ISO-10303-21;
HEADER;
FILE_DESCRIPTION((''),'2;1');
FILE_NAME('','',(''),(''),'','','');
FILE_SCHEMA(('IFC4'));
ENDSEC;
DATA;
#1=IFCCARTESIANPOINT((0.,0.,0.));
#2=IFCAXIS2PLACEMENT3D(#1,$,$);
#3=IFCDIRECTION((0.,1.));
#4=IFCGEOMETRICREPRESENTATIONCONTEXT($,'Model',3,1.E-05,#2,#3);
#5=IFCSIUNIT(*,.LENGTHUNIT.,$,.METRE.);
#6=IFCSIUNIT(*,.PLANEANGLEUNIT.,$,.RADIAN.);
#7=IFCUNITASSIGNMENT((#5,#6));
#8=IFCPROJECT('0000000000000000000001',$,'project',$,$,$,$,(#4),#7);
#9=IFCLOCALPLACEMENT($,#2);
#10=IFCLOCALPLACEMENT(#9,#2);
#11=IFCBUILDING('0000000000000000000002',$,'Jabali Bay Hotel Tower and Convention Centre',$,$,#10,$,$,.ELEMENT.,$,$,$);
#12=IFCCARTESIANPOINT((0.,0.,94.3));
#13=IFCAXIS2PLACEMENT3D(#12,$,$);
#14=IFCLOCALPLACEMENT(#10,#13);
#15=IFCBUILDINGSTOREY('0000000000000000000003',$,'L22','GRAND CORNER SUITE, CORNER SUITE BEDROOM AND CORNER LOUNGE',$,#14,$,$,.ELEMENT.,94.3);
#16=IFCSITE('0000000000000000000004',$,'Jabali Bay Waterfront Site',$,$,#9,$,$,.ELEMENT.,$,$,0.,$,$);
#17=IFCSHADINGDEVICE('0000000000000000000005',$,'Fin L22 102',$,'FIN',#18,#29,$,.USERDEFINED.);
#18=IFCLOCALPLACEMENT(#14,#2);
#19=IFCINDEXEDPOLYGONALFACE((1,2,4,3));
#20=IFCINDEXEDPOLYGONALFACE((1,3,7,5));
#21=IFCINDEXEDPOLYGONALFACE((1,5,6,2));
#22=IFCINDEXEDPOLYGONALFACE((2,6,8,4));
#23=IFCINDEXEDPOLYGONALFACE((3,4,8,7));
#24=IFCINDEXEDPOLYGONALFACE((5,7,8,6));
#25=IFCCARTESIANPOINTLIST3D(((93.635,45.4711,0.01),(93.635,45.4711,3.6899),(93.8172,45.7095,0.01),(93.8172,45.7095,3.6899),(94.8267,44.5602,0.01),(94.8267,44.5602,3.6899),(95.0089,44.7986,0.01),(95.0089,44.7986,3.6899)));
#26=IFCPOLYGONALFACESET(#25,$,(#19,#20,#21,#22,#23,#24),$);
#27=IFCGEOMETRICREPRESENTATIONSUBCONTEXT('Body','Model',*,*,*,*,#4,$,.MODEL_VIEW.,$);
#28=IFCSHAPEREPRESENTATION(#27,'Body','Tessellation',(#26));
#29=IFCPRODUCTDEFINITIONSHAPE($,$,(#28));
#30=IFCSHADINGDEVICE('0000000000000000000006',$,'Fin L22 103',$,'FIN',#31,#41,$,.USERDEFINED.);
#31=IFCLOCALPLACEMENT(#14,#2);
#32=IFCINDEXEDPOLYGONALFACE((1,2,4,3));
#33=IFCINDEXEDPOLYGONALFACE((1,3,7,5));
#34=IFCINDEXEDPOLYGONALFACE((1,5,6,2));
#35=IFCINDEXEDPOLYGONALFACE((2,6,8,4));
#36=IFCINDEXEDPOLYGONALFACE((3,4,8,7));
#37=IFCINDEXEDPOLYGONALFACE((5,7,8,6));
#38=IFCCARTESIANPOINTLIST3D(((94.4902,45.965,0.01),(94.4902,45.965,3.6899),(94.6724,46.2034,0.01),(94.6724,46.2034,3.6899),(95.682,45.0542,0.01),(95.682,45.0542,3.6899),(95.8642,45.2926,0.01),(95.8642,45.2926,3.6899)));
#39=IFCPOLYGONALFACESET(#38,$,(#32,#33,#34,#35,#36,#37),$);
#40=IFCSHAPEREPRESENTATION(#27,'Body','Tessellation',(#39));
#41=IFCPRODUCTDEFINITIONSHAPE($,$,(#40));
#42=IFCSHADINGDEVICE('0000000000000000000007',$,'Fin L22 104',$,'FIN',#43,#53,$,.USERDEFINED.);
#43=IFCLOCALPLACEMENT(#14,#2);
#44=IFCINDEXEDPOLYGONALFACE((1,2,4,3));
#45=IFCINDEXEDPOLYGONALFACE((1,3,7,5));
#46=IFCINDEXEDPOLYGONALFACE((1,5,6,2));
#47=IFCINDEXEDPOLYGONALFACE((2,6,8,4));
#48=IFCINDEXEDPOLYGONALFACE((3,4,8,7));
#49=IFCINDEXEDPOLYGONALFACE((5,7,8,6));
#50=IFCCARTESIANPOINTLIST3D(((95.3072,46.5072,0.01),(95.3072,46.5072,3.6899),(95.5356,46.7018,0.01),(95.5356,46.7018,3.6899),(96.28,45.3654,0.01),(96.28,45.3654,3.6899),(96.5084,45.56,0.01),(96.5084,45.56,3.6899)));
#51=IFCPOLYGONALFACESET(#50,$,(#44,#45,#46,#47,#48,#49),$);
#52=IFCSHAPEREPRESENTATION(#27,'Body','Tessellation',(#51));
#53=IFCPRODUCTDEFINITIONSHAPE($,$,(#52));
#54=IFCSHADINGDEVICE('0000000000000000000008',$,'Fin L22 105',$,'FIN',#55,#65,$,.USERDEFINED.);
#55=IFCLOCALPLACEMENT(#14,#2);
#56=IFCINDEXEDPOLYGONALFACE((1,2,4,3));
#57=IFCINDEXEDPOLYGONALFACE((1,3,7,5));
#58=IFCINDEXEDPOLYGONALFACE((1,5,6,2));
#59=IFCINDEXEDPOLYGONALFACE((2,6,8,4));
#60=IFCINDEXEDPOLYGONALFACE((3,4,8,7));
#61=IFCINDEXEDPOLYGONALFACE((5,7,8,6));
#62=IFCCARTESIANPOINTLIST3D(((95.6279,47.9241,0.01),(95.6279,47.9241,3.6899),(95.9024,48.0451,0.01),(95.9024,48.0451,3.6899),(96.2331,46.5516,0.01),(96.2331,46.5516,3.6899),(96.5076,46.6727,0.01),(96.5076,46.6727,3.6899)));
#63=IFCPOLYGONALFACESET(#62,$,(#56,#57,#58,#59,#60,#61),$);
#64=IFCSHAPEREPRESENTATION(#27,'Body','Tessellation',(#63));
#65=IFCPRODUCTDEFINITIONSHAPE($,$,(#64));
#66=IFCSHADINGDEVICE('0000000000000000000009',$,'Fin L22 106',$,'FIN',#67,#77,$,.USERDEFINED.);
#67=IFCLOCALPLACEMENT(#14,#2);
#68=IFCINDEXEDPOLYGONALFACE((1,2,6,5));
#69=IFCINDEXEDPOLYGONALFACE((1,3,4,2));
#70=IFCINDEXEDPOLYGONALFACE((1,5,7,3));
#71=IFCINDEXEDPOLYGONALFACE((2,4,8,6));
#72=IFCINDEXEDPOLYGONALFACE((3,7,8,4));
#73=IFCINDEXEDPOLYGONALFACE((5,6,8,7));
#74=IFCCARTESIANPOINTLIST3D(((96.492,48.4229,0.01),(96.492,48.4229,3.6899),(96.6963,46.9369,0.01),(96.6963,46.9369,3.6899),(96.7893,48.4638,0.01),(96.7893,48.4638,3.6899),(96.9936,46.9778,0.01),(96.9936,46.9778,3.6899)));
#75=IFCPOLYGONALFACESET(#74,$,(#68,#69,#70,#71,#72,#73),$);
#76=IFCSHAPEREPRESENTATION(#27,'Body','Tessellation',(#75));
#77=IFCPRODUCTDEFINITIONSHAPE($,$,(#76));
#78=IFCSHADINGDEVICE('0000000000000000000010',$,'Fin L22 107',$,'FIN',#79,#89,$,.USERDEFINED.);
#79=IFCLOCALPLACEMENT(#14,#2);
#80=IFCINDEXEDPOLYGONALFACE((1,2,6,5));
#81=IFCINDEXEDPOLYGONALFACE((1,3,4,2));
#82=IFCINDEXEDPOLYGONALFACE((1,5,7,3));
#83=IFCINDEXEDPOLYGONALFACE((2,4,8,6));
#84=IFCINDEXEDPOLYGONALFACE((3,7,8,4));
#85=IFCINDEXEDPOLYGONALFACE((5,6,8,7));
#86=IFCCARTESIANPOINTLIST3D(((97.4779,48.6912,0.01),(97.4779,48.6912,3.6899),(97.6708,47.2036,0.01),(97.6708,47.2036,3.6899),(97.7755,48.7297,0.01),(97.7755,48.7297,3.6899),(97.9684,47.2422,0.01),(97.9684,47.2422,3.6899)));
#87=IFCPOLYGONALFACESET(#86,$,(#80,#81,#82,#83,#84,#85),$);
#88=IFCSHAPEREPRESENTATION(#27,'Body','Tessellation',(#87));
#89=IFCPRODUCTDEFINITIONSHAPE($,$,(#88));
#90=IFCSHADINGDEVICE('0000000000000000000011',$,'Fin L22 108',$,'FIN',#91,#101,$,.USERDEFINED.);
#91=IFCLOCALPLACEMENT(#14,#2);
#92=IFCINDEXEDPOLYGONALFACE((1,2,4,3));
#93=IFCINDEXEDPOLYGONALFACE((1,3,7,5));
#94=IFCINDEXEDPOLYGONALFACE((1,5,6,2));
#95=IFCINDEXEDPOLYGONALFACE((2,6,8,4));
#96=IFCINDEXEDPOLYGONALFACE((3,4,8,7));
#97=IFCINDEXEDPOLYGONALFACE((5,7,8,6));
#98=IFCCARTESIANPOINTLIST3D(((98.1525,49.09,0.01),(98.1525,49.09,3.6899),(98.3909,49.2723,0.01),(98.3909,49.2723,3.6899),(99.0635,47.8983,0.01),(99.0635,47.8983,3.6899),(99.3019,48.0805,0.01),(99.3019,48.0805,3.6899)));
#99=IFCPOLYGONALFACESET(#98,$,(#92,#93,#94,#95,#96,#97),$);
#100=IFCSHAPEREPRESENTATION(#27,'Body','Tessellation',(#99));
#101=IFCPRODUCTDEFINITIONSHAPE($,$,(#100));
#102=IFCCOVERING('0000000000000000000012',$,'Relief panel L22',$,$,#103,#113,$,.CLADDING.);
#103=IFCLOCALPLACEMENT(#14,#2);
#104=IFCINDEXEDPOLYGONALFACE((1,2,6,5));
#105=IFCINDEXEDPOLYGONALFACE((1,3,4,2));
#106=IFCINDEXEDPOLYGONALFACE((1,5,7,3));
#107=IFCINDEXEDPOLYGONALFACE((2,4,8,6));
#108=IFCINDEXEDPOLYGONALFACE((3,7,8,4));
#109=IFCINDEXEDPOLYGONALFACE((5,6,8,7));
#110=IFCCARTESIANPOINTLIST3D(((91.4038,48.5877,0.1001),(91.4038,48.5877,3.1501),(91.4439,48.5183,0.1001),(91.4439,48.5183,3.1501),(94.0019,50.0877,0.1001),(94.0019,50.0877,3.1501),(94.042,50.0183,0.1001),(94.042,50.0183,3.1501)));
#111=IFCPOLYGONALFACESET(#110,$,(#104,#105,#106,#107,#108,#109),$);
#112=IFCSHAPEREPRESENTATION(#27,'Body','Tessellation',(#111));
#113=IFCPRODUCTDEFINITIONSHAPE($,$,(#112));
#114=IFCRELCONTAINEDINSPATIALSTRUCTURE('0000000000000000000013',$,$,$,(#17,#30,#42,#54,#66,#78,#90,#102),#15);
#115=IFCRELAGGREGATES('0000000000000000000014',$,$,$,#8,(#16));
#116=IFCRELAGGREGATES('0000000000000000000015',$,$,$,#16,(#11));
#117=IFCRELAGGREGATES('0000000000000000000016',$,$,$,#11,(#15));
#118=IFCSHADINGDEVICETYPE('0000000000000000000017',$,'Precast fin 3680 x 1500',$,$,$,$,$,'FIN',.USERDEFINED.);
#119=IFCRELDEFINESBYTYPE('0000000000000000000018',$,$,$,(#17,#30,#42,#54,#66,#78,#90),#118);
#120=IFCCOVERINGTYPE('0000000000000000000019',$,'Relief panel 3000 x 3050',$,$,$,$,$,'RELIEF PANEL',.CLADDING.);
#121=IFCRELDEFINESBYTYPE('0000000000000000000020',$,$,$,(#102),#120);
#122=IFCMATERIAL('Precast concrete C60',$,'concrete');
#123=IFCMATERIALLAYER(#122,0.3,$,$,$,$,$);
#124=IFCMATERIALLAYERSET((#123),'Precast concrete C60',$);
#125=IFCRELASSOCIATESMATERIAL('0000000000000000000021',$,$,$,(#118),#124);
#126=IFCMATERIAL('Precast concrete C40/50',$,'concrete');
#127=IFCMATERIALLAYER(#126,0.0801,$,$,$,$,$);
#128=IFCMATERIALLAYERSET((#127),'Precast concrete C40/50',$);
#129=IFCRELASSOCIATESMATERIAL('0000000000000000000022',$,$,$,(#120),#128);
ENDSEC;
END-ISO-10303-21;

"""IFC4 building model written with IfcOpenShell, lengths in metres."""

from ifc_helpers import new_model, si_unit, direction, frame, frame_2d, origin, origin_2d, place, context, subcontext, project, spatial, rectangle, extrude, material, layer, layer_set, type_object, element, save


model = new_model("IFC4")

# Units and contexts
model_context = context("Model", 3, precision=1e-05, world=origin(), true_north=direction((0.0, 1.0)))
body_context = subcontext(model_context, "Body", "Model", "MODEL_VIEW")
ifc_project = project(units=[si_unit("LENGTHUNIT", "METRE"), si_unit("PLANEANGLEUNIT", "RADIAN")], contexts=[model_context])

# Site, building, storey
site_placement = place(None, origin())
site = spatial("IfcSite", under=ifc_project, at=site_placement, Name="Jabali Bay Waterfront Site", CompositionType="ELEMENT", RefElevation=0.0)
building_placement = place(site_placement, origin())
building = spatial("IfcBuilding", under=site, at=building_placement, Name="Jabali Bay Hotel Tower and Convention Centre", CompositionType="ELEMENT")
storey_placement = place(building_placement, frame((0.0, 0.0, 94.3)))
storey = spatial("IfcBuildingStorey", under=building, at=storey_placement, Name="L22", Description="GRAND CORNER SUITE, CORNER SUITE BEDROOM AND CORNER LOUNGE", CompositionType="ELEMENT", Elevation=94.3)

# Shading devices
ifc_material_1 = material(Name="Precast concrete C60", Category="concrete")
ifc_layer_1 = layer(ifc_material_1, 0.3)
ifc_layer_set_1 = layer_set([ifc_layer_1], Name="Precast concrete C60")
shading_device_type = type_object("IfcShadingDeviceType", Name="Precast fin 3680 x 1500", ElementType="FIN", PredefinedType="USERDEFINED", material=ifc_layer_set_1)
for number, where, z_axis, x_axis, name in (
    (1, (93.7261, 45.5903, 0.01), (0.0, 0.0, 1.0), (0.794478, -0.607293, 0.0), "Fin L22 102"),
    (2, (94.5813, 46.0842, 0.01), (0.0, 0.0, 1.0), (0.794538, -0.607214, 0.0), "Fin L22 103"),
    (3, (95.4214, 46.6045, 0.01), (0.0, 0.0, 1.0), (0.64855, -0.761172, 0.0), "Fin L22 104"),
    (4, (95.7651, 47.9846, 0.01), (0.0, 0.0, 1.0), (0.403464, -0.914996, 0.0), "Fin L22 105"),
    (5, (96.6406, 48.4434, 0.01), (0.0, 0.0, 1.0), (0.136224, -0.990678, 0.0), "Fin L22 106"),
    (6, (97.6267, 48.7104, 0.01), (0.0, 0.0, 1.0), (0.128581, -0.991699, 0.0), "Fin L22 107"),
    (7, (98.2717, 49.1812, 0.01), (0.0, 0.0, 1.0), (0.607293, -0.794478, 0.0), "Fin L22 108"),
):
    element("IfcShadingDevice", number, at=place(storey_placement, frame(where, z_axis=z_axis, x_axis=x_axis)), inside=storey, type_object=shading_device_type, Name=name, ObjectType="FIN", PredefinedType="USERDEFINED", context=body_context, shape_type="SweptSolid", body=[
        extrude(rectangle(XDim=1.5, YDim=0.3, at=frame_2d((0.75, 0.0))), origin(), (0.0, 0.0, 1.0), 3.6799),
    ])

# Covering
ifc_material_2 = material(Name="Precast concrete C40/50", Category="concrete")
ifc_layer_2 = layer(ifc_material_2, 0.0801)
ifc_layer_set_2 = layer_set([ifc_layer_2], Name="Precast concrete C40/50")
covering_type = type_object("IfcCoveringType", Name="Relief panel 3000 x 3050", ElementType="RELIEF PANEL", PredefinedType="CLADDING", material=ifc_layer_set_2)
covering_placement = place(storey_placement, frame((92.7229, 49.303, 0.1001), z_axis=(0.0, 0.0, 1.0), x_axis=(-0.866025, -0.5, 0.0)))
element("IfcCovering", 8, at=covering_placement, inside=storey, type_object=covering_type, Name="Relief panel L22", PredefinedType="CLADDING", context=body_context, shape_type="SweptSolid", body=[
    extrude(rectangle(XDim=3.0, YDim=0.0801, at=origin_2d()), origin(), (0.0, 0.0, 1.0), 3.05),
])

save(model, "model.ifc")
